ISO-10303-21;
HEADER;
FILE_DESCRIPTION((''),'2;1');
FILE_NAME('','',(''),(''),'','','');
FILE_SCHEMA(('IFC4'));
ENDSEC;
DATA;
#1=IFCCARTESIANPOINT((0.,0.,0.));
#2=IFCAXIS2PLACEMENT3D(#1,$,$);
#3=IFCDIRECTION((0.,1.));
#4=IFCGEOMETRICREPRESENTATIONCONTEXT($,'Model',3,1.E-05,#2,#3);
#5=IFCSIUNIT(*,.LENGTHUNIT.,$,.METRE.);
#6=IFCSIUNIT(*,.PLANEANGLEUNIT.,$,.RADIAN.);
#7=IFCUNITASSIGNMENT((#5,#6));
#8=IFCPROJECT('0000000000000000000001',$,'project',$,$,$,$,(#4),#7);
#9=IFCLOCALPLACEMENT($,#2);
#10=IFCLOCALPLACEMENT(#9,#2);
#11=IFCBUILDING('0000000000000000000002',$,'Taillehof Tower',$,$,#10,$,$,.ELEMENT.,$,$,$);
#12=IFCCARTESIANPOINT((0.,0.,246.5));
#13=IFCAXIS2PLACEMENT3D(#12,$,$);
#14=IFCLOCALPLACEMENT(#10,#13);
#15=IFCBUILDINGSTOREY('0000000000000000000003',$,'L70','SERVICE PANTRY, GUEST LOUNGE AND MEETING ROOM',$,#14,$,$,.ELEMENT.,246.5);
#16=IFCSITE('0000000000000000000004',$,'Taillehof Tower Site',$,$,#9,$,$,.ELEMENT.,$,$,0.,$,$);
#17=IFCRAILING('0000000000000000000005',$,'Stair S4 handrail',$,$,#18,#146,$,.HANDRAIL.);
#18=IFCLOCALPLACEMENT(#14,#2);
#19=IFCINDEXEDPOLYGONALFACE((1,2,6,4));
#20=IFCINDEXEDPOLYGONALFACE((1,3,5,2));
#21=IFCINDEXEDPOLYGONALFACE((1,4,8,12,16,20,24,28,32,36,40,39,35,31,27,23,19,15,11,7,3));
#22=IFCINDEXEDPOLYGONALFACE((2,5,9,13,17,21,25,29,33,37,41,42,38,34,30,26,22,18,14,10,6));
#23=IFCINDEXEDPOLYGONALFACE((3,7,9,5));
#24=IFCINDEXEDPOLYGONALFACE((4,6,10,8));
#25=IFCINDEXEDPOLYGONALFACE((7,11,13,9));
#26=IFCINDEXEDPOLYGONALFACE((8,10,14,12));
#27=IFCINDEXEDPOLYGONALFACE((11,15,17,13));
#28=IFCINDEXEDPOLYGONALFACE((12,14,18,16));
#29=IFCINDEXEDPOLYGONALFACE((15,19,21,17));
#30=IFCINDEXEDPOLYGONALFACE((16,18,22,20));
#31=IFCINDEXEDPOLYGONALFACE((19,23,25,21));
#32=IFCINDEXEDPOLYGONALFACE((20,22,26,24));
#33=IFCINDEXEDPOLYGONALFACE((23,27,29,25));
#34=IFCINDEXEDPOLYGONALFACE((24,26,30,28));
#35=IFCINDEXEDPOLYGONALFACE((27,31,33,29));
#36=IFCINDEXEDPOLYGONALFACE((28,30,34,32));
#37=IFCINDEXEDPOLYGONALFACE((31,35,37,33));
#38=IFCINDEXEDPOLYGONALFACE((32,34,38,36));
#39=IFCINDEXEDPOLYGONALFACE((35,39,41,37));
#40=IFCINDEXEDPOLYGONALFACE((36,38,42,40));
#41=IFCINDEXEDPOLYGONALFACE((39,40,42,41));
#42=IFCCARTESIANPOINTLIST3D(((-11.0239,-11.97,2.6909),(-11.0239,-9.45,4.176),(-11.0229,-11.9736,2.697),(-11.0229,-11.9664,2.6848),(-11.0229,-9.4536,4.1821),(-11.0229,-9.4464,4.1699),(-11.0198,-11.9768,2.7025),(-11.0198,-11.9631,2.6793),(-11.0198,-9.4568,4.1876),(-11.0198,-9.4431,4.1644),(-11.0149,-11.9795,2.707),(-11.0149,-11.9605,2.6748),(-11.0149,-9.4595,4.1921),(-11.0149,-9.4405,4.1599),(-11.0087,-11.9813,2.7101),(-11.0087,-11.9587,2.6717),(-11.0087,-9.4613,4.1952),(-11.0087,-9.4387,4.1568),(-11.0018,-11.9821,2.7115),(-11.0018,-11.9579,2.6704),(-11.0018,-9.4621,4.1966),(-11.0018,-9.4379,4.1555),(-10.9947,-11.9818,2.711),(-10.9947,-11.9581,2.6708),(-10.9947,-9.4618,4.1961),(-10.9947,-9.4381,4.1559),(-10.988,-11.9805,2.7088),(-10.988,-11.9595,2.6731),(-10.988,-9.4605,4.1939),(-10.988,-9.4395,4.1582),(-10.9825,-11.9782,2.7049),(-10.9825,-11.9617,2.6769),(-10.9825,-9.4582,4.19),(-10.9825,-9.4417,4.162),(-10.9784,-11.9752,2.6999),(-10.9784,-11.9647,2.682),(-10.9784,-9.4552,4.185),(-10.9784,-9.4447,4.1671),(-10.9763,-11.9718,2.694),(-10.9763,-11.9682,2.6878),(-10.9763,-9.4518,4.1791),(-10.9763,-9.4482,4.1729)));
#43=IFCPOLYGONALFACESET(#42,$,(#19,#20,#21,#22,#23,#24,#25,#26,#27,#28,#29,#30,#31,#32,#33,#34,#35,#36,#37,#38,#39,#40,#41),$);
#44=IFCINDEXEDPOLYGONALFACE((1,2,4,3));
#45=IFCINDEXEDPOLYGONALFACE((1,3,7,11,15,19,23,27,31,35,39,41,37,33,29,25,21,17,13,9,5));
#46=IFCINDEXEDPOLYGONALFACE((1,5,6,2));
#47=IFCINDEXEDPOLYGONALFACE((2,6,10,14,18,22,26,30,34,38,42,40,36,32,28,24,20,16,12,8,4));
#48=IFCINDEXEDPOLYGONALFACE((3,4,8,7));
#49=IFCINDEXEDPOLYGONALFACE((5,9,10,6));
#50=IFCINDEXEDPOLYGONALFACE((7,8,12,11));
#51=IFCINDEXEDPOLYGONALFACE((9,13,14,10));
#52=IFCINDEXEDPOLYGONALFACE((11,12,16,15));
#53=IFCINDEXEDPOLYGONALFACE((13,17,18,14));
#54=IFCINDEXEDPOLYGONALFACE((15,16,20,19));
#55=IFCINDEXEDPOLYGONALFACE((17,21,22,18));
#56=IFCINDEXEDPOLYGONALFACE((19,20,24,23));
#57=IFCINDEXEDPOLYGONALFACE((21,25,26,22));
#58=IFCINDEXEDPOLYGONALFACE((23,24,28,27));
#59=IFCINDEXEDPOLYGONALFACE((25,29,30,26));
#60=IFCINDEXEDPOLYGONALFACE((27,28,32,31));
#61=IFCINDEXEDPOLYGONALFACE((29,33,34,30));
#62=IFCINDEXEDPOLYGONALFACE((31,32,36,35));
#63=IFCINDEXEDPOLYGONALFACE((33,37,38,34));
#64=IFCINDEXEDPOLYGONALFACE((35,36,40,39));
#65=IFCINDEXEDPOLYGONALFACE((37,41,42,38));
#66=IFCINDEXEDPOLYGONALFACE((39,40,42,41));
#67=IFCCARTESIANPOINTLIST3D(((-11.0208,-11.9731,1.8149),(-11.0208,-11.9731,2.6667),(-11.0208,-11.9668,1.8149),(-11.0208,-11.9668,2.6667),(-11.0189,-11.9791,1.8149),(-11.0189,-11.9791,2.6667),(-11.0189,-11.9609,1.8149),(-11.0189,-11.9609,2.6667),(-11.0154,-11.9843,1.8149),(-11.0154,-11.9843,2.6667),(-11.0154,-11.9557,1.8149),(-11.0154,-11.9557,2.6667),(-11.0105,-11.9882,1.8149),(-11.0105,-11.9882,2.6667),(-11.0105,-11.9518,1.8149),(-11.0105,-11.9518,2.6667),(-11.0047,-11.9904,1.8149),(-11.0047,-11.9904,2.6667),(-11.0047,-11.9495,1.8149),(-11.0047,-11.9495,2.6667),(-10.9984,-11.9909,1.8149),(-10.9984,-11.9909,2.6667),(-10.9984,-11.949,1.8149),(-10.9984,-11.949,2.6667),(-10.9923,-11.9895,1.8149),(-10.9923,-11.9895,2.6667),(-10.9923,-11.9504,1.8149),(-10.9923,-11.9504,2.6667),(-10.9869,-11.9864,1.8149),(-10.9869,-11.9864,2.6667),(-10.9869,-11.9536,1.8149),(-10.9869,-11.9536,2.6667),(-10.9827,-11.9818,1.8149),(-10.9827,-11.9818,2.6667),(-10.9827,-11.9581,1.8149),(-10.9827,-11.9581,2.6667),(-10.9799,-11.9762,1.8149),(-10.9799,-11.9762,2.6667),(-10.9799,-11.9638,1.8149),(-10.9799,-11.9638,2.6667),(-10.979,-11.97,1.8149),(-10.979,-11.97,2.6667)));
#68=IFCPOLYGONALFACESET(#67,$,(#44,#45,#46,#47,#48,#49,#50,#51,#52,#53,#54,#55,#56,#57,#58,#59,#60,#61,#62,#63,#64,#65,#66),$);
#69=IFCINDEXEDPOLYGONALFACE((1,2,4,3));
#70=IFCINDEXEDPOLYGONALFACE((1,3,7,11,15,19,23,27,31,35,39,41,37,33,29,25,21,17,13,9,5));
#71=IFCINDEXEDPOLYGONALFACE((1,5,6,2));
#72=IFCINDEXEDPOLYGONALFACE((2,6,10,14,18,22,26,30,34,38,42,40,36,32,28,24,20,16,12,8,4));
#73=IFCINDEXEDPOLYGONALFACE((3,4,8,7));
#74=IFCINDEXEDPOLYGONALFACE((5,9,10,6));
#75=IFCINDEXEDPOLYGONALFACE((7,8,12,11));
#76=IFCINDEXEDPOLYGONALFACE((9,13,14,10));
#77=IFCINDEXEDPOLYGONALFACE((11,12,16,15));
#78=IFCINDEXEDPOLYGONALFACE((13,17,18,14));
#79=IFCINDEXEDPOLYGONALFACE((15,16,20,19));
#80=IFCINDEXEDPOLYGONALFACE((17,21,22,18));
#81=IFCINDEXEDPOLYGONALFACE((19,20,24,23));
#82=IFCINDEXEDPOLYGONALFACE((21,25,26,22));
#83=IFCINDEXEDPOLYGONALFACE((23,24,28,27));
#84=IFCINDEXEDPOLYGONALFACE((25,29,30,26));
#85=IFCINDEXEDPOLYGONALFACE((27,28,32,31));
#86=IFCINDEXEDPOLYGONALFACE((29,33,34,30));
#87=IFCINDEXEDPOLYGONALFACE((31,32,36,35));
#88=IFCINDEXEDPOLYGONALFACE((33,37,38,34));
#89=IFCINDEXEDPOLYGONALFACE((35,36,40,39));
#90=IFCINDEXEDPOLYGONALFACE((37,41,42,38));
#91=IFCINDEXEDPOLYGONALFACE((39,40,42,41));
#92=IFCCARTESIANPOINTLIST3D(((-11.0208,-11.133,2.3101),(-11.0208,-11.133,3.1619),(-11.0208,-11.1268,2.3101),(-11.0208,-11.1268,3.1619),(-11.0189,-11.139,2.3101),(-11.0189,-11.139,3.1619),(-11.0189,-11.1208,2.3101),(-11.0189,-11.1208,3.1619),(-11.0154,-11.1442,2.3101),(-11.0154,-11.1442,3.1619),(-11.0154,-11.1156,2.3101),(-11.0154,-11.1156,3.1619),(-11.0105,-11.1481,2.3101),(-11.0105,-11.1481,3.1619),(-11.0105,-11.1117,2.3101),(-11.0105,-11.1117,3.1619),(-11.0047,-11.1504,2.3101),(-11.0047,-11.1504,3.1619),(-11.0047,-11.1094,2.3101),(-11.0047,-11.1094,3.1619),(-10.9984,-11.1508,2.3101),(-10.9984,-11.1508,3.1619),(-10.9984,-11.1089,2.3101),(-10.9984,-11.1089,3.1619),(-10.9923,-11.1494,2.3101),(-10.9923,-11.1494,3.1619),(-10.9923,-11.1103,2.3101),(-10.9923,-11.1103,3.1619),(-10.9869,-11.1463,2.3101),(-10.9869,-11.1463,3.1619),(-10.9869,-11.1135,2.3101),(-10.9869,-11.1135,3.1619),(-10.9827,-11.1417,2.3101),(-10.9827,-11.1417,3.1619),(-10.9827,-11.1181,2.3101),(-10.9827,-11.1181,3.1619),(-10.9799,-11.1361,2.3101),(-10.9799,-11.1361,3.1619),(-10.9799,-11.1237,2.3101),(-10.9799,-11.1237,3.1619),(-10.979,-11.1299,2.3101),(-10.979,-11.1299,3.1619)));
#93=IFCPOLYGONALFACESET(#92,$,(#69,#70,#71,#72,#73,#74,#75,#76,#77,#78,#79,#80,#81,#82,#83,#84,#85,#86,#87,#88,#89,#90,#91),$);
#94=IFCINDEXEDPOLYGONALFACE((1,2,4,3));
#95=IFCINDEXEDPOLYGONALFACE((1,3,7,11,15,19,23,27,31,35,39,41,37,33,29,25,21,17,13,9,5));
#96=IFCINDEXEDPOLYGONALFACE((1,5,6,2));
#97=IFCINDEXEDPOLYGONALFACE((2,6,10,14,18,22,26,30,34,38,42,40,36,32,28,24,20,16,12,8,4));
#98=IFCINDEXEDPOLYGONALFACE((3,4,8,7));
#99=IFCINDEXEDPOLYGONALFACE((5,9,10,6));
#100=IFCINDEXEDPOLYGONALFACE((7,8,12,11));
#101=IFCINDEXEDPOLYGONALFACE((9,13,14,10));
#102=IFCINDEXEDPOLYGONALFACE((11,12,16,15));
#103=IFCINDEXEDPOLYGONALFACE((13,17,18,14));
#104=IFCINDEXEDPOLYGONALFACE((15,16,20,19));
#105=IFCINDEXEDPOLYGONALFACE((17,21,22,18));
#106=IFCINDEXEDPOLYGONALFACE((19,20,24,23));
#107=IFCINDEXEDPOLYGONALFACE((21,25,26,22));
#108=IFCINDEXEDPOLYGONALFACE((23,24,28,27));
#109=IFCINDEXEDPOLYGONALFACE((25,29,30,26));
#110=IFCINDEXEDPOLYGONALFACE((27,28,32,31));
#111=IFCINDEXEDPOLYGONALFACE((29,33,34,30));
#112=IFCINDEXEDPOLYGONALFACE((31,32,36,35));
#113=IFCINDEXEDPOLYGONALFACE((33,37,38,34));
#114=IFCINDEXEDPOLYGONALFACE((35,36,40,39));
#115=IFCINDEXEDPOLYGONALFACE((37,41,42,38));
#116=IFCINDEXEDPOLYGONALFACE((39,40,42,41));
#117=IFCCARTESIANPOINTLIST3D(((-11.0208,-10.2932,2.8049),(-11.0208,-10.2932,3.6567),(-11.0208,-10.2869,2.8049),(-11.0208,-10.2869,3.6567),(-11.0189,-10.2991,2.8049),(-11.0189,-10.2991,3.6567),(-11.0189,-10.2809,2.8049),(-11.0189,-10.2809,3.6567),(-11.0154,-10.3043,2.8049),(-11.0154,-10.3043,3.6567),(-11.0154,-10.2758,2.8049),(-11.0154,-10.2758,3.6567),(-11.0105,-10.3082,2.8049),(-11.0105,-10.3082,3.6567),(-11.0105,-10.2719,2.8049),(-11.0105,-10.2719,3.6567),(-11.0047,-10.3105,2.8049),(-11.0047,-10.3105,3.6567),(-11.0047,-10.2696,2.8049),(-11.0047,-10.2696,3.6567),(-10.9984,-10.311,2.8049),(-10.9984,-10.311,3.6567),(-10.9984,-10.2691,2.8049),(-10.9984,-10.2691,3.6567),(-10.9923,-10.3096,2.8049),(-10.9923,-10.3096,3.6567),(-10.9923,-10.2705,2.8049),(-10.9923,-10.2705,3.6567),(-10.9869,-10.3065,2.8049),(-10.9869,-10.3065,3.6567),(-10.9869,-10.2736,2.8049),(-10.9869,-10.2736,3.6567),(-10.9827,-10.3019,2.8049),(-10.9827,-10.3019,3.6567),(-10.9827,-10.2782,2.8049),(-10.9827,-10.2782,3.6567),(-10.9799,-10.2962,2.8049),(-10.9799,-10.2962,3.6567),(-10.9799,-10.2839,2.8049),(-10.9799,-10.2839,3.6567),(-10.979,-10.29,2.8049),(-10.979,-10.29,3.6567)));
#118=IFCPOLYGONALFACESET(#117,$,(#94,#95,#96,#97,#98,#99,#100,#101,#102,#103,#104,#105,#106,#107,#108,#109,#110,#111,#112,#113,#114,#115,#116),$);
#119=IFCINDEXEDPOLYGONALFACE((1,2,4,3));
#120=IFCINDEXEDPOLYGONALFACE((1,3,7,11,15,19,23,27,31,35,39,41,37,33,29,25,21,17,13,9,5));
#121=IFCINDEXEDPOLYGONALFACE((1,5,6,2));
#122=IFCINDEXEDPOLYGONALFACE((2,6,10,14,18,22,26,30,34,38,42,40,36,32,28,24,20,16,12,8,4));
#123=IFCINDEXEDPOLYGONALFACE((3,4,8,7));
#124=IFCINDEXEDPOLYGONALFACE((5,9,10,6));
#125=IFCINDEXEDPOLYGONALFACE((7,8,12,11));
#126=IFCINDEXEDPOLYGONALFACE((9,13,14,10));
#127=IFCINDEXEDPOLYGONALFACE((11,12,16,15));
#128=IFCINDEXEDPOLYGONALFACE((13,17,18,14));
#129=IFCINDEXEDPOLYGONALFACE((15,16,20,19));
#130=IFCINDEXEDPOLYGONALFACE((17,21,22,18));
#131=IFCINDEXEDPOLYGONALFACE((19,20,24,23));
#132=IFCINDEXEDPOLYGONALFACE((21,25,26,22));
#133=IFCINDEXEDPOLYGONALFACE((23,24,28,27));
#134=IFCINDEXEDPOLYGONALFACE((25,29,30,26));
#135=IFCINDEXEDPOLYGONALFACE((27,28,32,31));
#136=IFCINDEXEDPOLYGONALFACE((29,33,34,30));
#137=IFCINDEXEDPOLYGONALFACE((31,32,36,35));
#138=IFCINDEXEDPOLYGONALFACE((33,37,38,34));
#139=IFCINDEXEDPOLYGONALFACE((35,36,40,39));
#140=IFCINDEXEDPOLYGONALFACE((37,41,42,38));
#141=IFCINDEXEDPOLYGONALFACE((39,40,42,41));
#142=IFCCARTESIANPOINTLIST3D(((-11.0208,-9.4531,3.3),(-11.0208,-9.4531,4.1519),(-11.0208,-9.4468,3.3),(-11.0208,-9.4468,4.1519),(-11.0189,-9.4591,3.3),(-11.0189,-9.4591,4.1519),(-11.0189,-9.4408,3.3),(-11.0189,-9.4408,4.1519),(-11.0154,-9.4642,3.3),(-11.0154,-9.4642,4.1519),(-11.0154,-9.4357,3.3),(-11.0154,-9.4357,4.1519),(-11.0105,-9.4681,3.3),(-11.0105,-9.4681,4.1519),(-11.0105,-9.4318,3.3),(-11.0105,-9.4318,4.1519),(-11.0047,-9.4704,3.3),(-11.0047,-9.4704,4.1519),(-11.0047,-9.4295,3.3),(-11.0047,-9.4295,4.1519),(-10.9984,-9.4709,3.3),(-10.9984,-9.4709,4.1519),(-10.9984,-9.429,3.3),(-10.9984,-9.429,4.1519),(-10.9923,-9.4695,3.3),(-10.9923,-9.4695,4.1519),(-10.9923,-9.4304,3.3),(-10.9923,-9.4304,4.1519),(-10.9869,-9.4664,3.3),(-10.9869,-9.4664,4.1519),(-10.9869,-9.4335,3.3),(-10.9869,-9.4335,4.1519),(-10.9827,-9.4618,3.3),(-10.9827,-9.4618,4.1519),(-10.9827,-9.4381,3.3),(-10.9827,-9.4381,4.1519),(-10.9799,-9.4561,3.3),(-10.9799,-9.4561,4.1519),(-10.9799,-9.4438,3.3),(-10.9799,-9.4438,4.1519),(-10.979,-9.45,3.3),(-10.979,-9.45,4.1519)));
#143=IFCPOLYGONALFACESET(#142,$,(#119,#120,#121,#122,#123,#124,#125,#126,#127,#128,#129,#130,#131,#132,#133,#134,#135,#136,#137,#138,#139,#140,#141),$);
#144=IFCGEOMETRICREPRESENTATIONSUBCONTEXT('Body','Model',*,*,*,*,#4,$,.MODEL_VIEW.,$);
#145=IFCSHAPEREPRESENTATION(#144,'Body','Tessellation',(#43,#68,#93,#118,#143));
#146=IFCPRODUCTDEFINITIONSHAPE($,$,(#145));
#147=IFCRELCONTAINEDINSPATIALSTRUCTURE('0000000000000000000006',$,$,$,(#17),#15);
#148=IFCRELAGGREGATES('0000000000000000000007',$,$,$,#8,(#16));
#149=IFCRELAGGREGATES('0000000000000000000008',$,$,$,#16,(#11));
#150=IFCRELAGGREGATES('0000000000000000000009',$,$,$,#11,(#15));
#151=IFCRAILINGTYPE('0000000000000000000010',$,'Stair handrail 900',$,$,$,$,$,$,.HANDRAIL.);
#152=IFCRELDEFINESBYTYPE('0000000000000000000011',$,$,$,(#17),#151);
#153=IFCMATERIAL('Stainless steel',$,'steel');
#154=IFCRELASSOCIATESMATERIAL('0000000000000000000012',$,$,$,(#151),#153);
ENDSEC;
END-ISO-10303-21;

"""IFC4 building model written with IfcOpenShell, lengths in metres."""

from ifc_helpers import new_model, si_unit, direction, frame, origin, origin_2d, place, context, subcontext, project, spatial, circle, extrude, material, type_object, element, save


model = new_model("IFC4")

# Units and contexts
model_context = context("Model", 3, precision=1e-05, world=origin(), true_north=direction((0.0, 1.0)))
body_context = subcontext(model_context, "Body", "Model", "MODEL_VIEW")
ifc_project = project(units=[si_unit("LENGTHUNIT", "METRE"), si_unit("PLANEANGLEUNIT", "RADIAN")], contexts=[model_context])

# Site, building, storey
site_placement = place(None, origin())
site = spatial("IfcSite", under=ifc_project, at=site_placement, Name="Taillehof Tower Site", CompositionType="ELEMENT", RefElevation=0.0)
building_placement = place(site_placement, origin())
building = spatial("IfcBuilding", under=site, at=building_placement, Name="Taillehof Tower", CompositionType="ELEMENT")
storey_placement = place(building_placement, frame((0.0, 0.0, 246.5)))
storey = spatial("IfcBuildingStorey", under=building, at=storey_placement, Name="L70", Description="SERVICE PANTRY, GUEST LOUNGE AND MEETING ROOM", CompositionType="ELEMENT", Elevation=246.5)

# Railing
ifc_material_1 = material(Name="Stainless steel", Category="steel")
railing_type = type_object("IfcRailingType", Name="Stair handrail 900", PredefinedType="HANDRAIL", material=ifc_material_1)
railing_placement = place(storey_placement, frame((-11.0, -11.97, 1.8149)))
element("IfcRailing", 1, at=railing_placement, inside=storey, type_object=railing_type, Name="Stair S4 handrail", PredefinedType="HANDRAIL", context=body_context, shape_type="SweptSolid", body=[
    extrude(circle(Radius=0.0239, at=origin_2d()), frame((0.0, 0.0, 0.876), z_axis=(0.0, 0.861524, 0.507717), x_axis=(-1.0, 0.0, 0.0)), (0.0, 0.0, 1.0), 2.925),
    extrude(circle(Radius=0.021, at=origin_2d()), origin(), (0.0, 0.0, 1.0), 0.8518),
    extrude(circle(Radius=0.021, at=origin_2d()), frame((0.0, 0.8401, 0.4951)), (0.0, 0.0, 1.0), 0.8518),
    extrude(circle(Radius=0.021, at=origin_2d()), frame((0.0, 1.6799, 0.99)), (0.0, 0.0, 1.0), 0.8518),
    extrude(circle(Radius=0.021, at=origin_2d()), frame((0.0, 2.52, 1.4851)), (0.0, 0.0, 1.0), 0.8518),
])

save(model, "model.ifc")
